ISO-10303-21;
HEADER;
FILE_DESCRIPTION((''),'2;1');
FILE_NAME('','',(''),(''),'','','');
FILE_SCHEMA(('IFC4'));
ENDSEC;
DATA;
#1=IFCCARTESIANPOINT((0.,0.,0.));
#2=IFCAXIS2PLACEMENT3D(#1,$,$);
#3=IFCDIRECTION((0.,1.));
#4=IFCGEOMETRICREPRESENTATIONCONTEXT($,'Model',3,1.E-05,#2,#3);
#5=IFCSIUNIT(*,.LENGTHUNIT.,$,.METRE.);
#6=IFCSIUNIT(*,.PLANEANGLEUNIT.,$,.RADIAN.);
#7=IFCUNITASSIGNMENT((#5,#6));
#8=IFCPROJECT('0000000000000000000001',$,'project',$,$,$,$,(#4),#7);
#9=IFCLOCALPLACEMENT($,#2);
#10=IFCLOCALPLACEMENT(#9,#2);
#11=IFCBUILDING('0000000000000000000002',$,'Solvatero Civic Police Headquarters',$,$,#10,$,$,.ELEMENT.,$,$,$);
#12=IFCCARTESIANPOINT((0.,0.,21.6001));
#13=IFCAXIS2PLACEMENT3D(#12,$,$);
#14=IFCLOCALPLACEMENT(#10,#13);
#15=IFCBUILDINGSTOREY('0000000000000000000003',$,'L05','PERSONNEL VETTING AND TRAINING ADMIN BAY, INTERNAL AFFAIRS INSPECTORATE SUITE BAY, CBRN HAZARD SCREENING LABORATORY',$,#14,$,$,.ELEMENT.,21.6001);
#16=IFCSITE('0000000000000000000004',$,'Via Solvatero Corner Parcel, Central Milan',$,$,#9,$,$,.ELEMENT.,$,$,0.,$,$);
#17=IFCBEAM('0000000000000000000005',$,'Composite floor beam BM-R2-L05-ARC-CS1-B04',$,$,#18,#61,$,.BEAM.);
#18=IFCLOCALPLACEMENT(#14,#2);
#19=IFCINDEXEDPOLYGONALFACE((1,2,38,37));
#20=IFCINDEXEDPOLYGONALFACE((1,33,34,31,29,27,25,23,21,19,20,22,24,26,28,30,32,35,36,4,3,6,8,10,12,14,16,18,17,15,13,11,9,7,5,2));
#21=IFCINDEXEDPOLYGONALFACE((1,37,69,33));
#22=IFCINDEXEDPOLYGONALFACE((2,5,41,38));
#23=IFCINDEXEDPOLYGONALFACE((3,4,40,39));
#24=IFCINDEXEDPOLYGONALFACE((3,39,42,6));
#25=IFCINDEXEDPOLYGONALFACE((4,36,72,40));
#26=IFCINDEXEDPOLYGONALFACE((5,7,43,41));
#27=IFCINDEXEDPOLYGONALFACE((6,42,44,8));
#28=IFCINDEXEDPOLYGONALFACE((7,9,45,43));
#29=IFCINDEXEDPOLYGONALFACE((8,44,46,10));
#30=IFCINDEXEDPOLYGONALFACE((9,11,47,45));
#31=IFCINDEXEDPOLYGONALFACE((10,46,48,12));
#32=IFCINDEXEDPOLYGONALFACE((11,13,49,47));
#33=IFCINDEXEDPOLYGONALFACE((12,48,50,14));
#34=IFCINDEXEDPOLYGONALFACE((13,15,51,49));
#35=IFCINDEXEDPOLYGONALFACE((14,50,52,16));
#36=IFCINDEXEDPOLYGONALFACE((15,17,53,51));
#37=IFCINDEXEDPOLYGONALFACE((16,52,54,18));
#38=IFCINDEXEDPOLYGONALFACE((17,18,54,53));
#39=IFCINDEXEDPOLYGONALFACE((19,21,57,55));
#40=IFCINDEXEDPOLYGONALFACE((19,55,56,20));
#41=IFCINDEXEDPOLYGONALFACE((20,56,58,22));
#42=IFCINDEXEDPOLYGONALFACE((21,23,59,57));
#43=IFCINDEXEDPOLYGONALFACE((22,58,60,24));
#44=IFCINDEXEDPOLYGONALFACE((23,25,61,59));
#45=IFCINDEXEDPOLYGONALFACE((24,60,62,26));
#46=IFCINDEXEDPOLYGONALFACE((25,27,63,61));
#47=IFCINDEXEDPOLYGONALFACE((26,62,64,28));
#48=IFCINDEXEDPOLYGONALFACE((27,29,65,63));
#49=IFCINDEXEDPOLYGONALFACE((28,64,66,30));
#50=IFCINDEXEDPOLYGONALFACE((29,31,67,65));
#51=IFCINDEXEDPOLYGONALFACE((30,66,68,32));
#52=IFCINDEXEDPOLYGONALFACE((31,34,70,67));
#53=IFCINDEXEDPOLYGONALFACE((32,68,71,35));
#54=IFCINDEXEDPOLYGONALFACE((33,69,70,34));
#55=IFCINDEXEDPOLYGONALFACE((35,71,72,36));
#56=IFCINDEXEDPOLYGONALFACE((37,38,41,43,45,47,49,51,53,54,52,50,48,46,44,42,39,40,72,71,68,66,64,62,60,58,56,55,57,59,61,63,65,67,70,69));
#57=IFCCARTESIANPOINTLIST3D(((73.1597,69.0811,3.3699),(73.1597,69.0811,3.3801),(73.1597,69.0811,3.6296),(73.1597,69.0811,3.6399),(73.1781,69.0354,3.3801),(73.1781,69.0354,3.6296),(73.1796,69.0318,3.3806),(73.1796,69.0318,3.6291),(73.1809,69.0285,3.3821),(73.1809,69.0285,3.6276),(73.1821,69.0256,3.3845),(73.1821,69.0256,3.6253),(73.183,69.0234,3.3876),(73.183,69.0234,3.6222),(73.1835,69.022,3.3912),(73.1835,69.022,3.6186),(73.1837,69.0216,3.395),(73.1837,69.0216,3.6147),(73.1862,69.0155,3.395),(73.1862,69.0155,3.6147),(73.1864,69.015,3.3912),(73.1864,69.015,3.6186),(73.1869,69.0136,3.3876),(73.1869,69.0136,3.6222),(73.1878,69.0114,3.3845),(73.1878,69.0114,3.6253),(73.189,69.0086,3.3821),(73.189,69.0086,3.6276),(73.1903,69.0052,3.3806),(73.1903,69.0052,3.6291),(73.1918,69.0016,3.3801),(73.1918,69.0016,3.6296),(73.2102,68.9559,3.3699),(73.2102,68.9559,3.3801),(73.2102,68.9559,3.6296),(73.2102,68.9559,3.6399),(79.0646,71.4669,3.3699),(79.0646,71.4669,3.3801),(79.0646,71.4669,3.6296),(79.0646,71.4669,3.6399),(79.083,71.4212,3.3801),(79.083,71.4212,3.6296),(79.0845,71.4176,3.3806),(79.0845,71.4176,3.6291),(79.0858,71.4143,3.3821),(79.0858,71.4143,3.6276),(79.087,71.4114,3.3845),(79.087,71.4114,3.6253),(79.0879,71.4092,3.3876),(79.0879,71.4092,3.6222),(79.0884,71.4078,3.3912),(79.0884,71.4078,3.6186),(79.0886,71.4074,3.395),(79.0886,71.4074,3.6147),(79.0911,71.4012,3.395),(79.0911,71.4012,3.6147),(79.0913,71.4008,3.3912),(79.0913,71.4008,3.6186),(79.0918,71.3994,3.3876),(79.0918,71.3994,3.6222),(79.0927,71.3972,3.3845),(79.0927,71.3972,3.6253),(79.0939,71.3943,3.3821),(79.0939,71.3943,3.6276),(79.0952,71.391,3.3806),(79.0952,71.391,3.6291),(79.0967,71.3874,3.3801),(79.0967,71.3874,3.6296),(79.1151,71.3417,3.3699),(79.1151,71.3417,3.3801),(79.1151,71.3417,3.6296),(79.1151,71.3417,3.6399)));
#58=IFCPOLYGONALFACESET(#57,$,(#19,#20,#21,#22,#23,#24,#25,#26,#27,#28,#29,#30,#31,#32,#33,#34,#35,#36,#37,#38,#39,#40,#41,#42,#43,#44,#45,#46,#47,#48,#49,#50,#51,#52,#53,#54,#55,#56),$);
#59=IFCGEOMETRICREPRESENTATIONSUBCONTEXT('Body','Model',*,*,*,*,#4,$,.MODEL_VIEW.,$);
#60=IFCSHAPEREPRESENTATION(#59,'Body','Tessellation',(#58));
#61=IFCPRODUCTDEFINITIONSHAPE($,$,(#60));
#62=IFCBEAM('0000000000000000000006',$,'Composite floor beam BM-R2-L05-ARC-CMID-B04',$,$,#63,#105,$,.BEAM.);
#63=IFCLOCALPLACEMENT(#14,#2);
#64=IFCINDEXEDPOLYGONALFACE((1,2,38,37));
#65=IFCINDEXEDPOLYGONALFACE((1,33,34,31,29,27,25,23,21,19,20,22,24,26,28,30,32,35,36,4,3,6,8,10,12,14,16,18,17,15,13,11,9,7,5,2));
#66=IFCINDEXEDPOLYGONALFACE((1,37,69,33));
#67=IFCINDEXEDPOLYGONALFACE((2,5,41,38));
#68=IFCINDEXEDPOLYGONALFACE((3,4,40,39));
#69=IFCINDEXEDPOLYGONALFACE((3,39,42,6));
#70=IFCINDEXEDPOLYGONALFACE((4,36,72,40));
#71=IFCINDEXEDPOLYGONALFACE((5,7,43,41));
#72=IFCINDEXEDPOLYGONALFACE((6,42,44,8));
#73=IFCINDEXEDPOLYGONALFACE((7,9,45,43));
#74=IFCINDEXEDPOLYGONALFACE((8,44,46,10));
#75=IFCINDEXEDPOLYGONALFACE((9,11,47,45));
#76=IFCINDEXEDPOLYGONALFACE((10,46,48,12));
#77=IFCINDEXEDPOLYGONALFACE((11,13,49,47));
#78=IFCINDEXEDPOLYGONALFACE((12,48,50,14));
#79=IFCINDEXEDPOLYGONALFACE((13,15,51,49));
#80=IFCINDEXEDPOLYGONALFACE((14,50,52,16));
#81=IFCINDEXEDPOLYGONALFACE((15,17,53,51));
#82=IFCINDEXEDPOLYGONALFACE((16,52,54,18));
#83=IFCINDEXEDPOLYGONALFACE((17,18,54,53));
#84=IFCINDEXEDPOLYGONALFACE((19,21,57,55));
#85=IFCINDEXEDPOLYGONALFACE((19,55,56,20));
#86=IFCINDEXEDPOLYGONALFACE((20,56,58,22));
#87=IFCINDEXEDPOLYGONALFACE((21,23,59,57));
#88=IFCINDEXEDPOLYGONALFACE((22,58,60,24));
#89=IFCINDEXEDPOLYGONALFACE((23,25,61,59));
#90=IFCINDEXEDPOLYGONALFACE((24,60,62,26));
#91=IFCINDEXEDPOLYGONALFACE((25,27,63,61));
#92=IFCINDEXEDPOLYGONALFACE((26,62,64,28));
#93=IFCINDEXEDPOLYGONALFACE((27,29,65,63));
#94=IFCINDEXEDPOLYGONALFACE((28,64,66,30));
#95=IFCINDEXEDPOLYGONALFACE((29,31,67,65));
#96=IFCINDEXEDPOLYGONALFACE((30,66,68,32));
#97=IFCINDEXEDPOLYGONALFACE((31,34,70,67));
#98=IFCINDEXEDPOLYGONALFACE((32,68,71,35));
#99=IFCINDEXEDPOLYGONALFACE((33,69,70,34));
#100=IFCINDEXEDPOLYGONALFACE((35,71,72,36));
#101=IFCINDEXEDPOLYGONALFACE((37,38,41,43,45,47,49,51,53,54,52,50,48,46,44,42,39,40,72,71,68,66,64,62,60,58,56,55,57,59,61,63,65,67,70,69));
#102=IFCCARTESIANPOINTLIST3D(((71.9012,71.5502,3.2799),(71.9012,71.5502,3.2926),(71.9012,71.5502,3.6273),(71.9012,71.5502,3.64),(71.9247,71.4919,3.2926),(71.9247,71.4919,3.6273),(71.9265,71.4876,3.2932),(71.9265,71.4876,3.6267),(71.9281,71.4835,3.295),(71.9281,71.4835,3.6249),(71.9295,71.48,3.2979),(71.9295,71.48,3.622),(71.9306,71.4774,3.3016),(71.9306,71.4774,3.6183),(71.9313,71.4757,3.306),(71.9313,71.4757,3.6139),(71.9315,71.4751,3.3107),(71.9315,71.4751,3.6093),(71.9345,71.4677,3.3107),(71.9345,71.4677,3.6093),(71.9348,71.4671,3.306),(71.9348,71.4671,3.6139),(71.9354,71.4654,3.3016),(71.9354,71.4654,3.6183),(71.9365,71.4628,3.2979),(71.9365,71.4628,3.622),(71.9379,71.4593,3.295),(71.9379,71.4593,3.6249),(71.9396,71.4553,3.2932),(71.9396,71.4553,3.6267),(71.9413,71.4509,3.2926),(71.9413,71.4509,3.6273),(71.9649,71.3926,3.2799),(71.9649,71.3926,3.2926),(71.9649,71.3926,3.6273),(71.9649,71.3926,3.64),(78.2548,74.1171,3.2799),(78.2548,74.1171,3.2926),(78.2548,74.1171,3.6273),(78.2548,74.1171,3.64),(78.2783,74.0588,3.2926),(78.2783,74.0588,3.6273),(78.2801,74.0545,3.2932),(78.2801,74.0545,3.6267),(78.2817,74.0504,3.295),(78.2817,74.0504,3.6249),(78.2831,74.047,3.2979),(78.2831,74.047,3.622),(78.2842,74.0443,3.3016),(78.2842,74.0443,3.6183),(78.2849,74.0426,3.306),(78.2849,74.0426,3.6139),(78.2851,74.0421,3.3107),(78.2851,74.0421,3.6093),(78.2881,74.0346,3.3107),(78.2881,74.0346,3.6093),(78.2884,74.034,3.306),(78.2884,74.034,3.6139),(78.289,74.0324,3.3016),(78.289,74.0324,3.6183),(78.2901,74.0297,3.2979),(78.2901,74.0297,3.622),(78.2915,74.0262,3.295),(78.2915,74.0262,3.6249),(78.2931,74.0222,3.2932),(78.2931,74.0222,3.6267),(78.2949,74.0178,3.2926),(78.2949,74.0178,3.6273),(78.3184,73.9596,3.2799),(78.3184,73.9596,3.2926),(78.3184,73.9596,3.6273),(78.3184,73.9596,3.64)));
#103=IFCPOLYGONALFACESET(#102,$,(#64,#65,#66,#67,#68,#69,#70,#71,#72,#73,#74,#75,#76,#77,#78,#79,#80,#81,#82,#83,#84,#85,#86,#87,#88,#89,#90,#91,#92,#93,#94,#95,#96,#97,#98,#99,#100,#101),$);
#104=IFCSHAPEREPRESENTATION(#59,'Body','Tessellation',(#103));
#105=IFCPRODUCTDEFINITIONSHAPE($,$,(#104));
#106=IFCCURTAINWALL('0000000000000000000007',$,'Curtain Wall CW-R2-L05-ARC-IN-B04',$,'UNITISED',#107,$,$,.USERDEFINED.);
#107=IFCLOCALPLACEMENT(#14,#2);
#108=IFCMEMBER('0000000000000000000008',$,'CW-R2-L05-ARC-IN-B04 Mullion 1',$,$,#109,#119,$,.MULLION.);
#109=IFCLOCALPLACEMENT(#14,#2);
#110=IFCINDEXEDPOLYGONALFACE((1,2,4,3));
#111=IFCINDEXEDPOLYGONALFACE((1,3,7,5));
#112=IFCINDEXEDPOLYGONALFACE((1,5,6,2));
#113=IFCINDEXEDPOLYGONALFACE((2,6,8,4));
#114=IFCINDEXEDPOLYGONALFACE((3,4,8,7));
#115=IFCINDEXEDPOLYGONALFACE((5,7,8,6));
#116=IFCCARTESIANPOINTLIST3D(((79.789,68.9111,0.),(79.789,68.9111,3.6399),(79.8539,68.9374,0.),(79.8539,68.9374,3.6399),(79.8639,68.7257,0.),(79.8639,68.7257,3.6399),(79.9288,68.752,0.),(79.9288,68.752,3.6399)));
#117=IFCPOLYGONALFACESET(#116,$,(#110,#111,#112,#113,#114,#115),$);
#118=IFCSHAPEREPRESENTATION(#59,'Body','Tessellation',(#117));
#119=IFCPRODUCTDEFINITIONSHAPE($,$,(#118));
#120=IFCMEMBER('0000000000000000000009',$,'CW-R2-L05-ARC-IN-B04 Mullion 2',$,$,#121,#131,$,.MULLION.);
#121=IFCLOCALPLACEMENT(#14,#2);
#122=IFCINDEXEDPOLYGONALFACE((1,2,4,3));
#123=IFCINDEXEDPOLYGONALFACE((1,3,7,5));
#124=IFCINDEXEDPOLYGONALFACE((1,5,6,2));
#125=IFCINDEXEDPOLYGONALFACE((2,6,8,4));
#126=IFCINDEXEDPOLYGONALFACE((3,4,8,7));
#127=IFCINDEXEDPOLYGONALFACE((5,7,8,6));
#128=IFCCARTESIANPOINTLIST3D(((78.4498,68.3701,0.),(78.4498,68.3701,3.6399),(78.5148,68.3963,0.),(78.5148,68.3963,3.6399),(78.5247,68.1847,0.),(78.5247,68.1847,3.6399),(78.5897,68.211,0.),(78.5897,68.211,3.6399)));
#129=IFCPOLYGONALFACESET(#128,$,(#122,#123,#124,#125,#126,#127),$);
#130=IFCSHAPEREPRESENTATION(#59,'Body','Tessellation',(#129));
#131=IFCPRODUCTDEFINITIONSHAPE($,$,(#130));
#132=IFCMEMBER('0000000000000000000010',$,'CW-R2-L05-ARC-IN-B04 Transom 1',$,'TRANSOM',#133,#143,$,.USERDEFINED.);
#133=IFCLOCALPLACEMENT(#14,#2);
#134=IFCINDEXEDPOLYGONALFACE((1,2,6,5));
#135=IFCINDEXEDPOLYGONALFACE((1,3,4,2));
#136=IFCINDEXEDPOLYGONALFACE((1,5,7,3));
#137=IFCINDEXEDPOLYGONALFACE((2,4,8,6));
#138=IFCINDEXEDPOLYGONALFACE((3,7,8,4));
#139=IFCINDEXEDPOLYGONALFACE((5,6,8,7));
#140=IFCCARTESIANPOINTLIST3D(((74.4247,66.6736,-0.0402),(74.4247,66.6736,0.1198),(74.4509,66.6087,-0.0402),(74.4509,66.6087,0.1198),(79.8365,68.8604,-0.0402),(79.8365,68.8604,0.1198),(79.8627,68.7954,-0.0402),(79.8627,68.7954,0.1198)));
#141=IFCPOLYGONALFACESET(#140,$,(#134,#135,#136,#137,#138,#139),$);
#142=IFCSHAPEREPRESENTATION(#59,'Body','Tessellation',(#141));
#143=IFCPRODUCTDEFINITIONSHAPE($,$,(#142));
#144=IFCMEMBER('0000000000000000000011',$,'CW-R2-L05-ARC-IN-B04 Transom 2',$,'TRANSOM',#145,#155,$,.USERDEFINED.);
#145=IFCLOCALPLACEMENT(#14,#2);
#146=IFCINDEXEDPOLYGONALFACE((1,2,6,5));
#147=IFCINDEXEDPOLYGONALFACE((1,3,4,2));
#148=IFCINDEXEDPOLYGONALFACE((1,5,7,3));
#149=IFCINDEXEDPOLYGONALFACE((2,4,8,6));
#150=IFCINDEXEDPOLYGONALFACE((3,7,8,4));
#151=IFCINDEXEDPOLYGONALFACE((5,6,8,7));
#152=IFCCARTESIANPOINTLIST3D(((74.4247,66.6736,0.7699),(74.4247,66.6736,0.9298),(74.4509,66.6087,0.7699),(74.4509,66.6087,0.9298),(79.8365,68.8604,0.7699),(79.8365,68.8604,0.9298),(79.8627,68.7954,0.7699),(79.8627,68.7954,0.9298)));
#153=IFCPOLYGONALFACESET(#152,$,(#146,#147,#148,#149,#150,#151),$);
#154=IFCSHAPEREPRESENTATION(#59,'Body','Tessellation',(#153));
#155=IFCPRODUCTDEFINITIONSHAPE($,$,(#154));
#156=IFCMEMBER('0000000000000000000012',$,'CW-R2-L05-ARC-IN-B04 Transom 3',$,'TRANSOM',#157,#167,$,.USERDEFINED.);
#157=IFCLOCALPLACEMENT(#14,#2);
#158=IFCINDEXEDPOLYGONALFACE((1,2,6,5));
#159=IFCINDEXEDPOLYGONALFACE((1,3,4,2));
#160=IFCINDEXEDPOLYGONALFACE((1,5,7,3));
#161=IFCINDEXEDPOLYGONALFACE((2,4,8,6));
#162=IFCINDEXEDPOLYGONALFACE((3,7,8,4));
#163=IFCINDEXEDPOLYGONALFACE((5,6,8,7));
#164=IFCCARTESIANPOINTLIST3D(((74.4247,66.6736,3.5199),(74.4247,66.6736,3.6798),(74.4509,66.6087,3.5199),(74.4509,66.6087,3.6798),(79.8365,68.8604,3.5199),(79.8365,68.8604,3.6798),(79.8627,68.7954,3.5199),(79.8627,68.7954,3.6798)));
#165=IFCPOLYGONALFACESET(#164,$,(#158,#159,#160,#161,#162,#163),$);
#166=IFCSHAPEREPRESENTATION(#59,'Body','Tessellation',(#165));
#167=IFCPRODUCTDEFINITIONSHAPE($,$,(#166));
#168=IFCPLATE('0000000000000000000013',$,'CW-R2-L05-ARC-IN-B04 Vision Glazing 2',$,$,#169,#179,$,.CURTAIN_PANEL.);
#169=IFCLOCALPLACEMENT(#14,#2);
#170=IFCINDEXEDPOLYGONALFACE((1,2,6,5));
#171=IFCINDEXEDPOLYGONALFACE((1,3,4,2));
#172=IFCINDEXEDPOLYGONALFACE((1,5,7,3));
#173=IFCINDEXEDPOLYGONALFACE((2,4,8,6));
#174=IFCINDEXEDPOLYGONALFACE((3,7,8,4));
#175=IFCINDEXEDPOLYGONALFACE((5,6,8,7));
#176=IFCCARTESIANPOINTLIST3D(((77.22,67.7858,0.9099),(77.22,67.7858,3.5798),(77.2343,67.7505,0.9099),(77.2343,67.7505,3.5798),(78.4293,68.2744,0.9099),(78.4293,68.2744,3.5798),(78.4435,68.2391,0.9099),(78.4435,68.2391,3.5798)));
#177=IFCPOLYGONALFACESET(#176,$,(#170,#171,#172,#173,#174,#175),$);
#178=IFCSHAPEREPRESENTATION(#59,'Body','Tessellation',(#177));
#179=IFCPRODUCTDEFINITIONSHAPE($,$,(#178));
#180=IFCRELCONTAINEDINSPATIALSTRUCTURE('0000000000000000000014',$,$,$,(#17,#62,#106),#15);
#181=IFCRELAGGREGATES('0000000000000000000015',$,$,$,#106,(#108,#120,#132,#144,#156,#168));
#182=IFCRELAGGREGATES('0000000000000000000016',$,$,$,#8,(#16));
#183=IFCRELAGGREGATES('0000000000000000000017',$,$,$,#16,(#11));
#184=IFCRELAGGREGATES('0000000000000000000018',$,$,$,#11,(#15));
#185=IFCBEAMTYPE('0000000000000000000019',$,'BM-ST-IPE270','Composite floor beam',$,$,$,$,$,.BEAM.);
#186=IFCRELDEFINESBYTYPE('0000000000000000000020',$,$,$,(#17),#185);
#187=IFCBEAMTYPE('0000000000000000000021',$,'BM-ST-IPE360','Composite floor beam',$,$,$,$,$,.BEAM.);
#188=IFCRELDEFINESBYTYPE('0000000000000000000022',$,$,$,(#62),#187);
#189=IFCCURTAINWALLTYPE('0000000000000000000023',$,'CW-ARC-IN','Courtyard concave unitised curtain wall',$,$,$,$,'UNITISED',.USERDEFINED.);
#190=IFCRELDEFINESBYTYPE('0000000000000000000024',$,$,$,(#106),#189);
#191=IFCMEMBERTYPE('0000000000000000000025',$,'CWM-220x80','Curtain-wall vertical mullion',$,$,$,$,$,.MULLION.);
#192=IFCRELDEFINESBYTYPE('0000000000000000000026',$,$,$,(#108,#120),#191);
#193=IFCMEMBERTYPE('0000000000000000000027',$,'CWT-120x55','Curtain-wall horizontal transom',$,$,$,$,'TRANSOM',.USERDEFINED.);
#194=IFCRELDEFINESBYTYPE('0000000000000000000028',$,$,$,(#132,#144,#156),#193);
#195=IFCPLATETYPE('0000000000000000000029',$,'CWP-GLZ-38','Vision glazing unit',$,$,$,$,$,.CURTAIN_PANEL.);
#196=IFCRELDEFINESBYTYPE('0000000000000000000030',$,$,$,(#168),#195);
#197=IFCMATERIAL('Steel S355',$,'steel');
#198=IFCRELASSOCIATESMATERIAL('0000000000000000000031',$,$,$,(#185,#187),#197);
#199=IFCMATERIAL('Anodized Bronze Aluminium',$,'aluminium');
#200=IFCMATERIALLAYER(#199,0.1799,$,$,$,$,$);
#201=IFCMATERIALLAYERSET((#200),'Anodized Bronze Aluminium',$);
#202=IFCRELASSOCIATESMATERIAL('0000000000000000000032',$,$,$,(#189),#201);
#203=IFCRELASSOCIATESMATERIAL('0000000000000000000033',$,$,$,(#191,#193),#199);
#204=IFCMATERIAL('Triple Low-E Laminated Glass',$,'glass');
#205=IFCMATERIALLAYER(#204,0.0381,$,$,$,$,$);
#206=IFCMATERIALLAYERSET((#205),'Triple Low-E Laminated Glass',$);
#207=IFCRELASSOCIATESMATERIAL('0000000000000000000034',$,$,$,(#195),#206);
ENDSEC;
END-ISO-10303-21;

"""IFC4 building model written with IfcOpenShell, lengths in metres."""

from ifc_helpers import new_model, si_unit, direction, frame, origin, origin_2d, place, context, subcontext, project, spatial, rectangle, i_section, extrude, material, layer, layer_set, material_profile, profile_set, type_object, element, aggregate, save


model = new_model("IFC4")

# Units and contexts
model_context = context("Model", 3, precision=1e-05, world=origin(), true_north=direction((0.0, 1.0)))
body_context = subcontext(model_context, "Body", "Model", "MODEL_VIEW")
ifc_project = project(units=[si_unit("LENGTHUNIT", "METRE"), si_unit("PLANEANGLEUNIT", "RADIAN")], contexts=[model_context])

# Site, building, storey
site_placement = place(None, origin())
site = spatial("IfcSite", under=ifc_project, at=site_placement, Name="Via Solvatero Corner Parcel, Central Milan", CompositionType="ELEMENT", RefElevation=0.0)
building_placement = place(site_placement, origin())
building = spatial("IfcBuilding", under=site, at=building_placement, Name="Solvatero Civic Police Headquarters", CompositionType="ELEMENT")
storey_placement = place(building_placement, frame((0.0, 0.0, 21.6001)))
storey = spatial("IfcBuildingStorey", under=building, at=storey_placement, Name="L05", Description="PERSONNEL VETTING AND TRAINING ADMIN BAY, INTERNAL AFFAIRS INSPECTORATE SUITE BAY, CBRN HAZARD SCREENING LABORATORY", CompositionType="ELEMENT", Elevation=21.6001)

# Shared definitions
ifc_material_1 = material(Name="Steel S355", Category="steel")

# Beams
ifc_material_profile_1 = material_profile(ifc_material_1, i_section(OverallWidth=0.135, OverallDepth=0.27, WebThickness=0.0066, FlangeThickness=0.0103, FilletRadius=0.0149, at=origin_2d()), Name="IPE 270")
ifc_profile_set_1 = profile_set([ifc_material_profile_1], Name="Steel S355")
beam_type_1 = type_object("IfcBeamType", Name="BM-ST-IPE270", Description="Composite floor beam", PredefinedType="BEAM", material=ifc_profile_set_1)
beam_1_placement = place(storey_placement, frame((79.0898, 71.4043, 3.5049), z_axis=(-0.927181, -0.374614, 0.0), x_axis=(0.374614, -0.927181, 0.0)))
element("IfcBeam", 1, at=beam_1_placement, inside=storey, type_object=beam_type_1, Name="Composite floor beam BM-R2-L05-ARC-CS1-B04", PredefinedType="BEAM", context=body_context, shape_type="SweptSolid", body=[
    extrude(i_section(OverallWidth=0.135, OverallDepth=0.27, WebThickness=0.0066, FlangeThickness=0.0103, FilletRadius=0.0149, at=origin_2d()), origin(), (0.0, 0.0, 1.0), 6.3687),
])
ifc_material_profile_2 = material_profile(ifc_material_1, i_section(OverallWidth=0.1699, OverallDepth=0.3601, WebThickness=0.0081, FlangeThickness=0.0127, FilletRadius=0.0181, at=origin_2d()), Name="IPE 360")
ifc_profile_set_2 = profile_set([ifc_material_profile_2], Name="Steel S355")
beam_type_2 = type_object("IfcBeamType", Name="BM-ST-IPE360", Description="Composite floor beam", PredefinedType="BEAM", material=ifc_profile_set_2)
beam_2_placement = place(storey_placement, frame((78.2866, 74.0383, 3.46), z_axis=(-0.927189, -0.374595, 0.0), x_axis=(0.374595, -0.927189, 0.0)))
element("IfcBeam", 2, at=beam_2_placement, inside=storey, type_object=beam_type_2, Name="Composite floor beam BM-R2-L05-ARC-CMID-B04", PredefinedType="BEAM", context=body_context, shape_type="SweptSolid", body=[
    extrude(i_section(OverallWidth=0.1699, OverallDepth=0.3601, WebThickness=0.0081, FlangeThickness=0.0127, FilletRadius=0.0181, at=origin_2d()), origin(), (0.0, 0.0, 1.0), 6.8525),
])

# Curtain wall, members, plate
ifc_material_2 = material(Name="Anodized Bronze Aluminium", Category="aluminium")
ifc_layer_1 = layer(ifc_material_2, 0.1799)
ifc_layer_set_1 = layer_set([ifc_layer_1], Name="Anodized Bronze Aluminium")
curtain_wall_type = type_object("IfcCurtainWallType", Name="CW-ARC-IN", Description="Courtyard concave unitised curtain wall", ElementType="UNITISED", PredefinedType="USERDEFINED", material=ifc_layer_set_1)
curtain_wall_placement = place(storey_placement, origin())
curtain_wall = element("IfcCurtainWall", 3, at=curtain_wall_placement, inside=storey, type_object=curtain_wall_type, Name="Curtain Wall CW-R2-L05-ARC-IN-B04", ObjectType="UNITISED", PredefinedType="USERDEFINED")
ifc_material_profile_3 = material_profile(ifc_material_2, rectangle(XDim=0.0701, YDim=0.2, at=origin_2d()), Name="ALU MULLION 70x200")
ifc_profile_set_3 = profile_set([ifc_material_profile_3], Name="Anodized Bronze Aluminium")
member_type_1 = type_object("IfcMemberType", Name="CWM-220x80", Description="Curtain-wall vertical mullion", PredefinedType="MULLION", material=ifc_profile_set_3)
member_1_placement = place(storey_placement, frame((79.8589, 68.8315, 0.0), z_axis=(0.0, 0.0, 1.0), x_axis=(-0.927184, -0.374607, 0.0)))
member_1 = element("IfcMember", 4, at=member_1_placement, type_object=member_type_1, Name="CW-R2-L05-ARC-IN-B04 Mullion 1", PredefinedType="MULLION", context=body_context, shape_type="SweptSolid", body=[
    extrude(rectangle(XDim=0.0701, YDim=0.2, at=origin_2d()), origin(), (0.0, 0.0, 1.0), 3.6399),
])
member_2_placement = place(storey_placement, frame((78.5198, 68.2905, 0.0), z_axis=(0.0, 0.0, 1.0), x_axis=(-0.927184, -0.374607, 0.0)))
member_2 = element("IfcMember", 5, at=member_2_placement, type_object=member_type_1, Name="CW-R2-L05-ARC-IN-B04 Mullion 2", PredefinedType="MULLION", context=body_context, shape_type="SweptSolid", body=[
    extrude(rectangle(XDim=0.0701, YDim=0.2, at=origin_2d()), origin(), (0.0, 0.0, 1.0), 3.6399),
])
ifc_material_profile_4 = material_profile(ifc_material_2, rectangle(XDim=0.0701, YDim=0.1599, at=origin_2d()), Name="ALU TRANSOM 70x160")
ifc_profile_set_4 = profile_set([ifc_material_profile_4], Name="Anodized Bronze Aluminium")
member_type_2 = type_object("IfcMemberType", Name="CWT-120x55", Description="Curtain-wall horizontal transom", ElementType="TRANSOM", PredefinedType="USERDEFINED", material=ifc_profile_set_4)
member_3_placement = place(storey_placement, frame((79.8496, 68.8279, 0.0398), z_axis=(-0.92717, -0.374641, 0.0), x_axis=(0.374641, -0.92717, 0.0)))
member_3 = element("IfcMember", 6, at=member_3_placement, type_object=member_type_2, Name="CW-R2-L05-ARC-IN-B04 Transom 1", ObjectType="TRANSOM", PredefinedType="USERDEFINED", context=body_context, shape_type="SweptSolid", body=[
    extrude(rectangle(XDim=0.0701, YDim=0.1599, at=origin_2d()), origin(), (0.0, 0.0, 1.0), 5.8369),
])
member_4_placement = place(storey_placement, frame((79.8496, 68.8279, 0.8499), z_axis=(-0.92717, -0.374641, 0.0), x_axis=(0.374641, -0.92717, 0.0)))
member_4 = element("IfcMember", 7, at=member_4_placement, type_object=member_type_2, Name="CW-R2-L05-ARC-IN-B04 Transom 2", ObjectType="TRANSOM", PredefinedType="USERDEFINED", context=body_context, shape_type="SweptSolid", body=[
    extrude(rectangle(XDim=0.0701, YDim=0.1599, at=origin_2d()), origin(), (0.0, 0.0, 1.0), 5.8369),
])
member_5_placement = place(storey_placement, frame((79.8496, 68.8279, 3.5999), z_axis=(-0.92717, -0.374641, 0.0), x_axis=(0.374641, -0.92717, 0.0)))
member_5 = element("IfcMember", 8, at=member_5_placement, type_object=member_type_2, Name="CW-R2-L05-ARC-IN-B04 Transom 3", ObjectType="TRANSOM", PredefinedType="USERDEFINED", context=body_context, shape_type="SweptSolid", body=[
    extrude(rectangle(XDim=0.0701, YDim=0.1599, at=origin_2d()), origin(), (0.0, 0.0, 1.0), 5.8369),
])
ifc_material_3 = material(Name="Triple Low-E Laminated Glass", Category="glass")
ifc_layer_2 = layer(ifc_material_3, 0.0381)
ifc_layer_set_2 = layer_set([ifc_layer_2], Name="Triple Low-E Laminated Glass")
plate_type_1 = type_object("IfcPlateType", Name="CWP-GLZ-38", Description="Vision glazing unit", PredefinedType="CURTAIN_PANEL", material=ifc_layer_set_2)
plate_1_placement = place(storey_placement, frame((77.8318, 68.0125, 0.9099), z_axis=(0.0, 0.0, 1.0), x_axis=(-0.927184, -0.374607, 0.0)))
plate_1 = element("IfcPlate", 9, at=plate_1_placement, type_object=plate_type_1, Name="CW-R2-L05-ARC-IN-B04 Vision Glazing 2", PredefinedType="CURTAIN_PANEL", context=body_context, shape_type="SweptSolid", body=[
    extrude(rectangle(XDim=1.3042, YDim=0.0381, at=origin_2d()), origin(), (0.0, 0.0, 1.0), 2.6699),
])
aggregate(curtain_wall, [member_1, member_2, member_3, member_4, member_5, plate_1])

save(model, "model.ifc")
